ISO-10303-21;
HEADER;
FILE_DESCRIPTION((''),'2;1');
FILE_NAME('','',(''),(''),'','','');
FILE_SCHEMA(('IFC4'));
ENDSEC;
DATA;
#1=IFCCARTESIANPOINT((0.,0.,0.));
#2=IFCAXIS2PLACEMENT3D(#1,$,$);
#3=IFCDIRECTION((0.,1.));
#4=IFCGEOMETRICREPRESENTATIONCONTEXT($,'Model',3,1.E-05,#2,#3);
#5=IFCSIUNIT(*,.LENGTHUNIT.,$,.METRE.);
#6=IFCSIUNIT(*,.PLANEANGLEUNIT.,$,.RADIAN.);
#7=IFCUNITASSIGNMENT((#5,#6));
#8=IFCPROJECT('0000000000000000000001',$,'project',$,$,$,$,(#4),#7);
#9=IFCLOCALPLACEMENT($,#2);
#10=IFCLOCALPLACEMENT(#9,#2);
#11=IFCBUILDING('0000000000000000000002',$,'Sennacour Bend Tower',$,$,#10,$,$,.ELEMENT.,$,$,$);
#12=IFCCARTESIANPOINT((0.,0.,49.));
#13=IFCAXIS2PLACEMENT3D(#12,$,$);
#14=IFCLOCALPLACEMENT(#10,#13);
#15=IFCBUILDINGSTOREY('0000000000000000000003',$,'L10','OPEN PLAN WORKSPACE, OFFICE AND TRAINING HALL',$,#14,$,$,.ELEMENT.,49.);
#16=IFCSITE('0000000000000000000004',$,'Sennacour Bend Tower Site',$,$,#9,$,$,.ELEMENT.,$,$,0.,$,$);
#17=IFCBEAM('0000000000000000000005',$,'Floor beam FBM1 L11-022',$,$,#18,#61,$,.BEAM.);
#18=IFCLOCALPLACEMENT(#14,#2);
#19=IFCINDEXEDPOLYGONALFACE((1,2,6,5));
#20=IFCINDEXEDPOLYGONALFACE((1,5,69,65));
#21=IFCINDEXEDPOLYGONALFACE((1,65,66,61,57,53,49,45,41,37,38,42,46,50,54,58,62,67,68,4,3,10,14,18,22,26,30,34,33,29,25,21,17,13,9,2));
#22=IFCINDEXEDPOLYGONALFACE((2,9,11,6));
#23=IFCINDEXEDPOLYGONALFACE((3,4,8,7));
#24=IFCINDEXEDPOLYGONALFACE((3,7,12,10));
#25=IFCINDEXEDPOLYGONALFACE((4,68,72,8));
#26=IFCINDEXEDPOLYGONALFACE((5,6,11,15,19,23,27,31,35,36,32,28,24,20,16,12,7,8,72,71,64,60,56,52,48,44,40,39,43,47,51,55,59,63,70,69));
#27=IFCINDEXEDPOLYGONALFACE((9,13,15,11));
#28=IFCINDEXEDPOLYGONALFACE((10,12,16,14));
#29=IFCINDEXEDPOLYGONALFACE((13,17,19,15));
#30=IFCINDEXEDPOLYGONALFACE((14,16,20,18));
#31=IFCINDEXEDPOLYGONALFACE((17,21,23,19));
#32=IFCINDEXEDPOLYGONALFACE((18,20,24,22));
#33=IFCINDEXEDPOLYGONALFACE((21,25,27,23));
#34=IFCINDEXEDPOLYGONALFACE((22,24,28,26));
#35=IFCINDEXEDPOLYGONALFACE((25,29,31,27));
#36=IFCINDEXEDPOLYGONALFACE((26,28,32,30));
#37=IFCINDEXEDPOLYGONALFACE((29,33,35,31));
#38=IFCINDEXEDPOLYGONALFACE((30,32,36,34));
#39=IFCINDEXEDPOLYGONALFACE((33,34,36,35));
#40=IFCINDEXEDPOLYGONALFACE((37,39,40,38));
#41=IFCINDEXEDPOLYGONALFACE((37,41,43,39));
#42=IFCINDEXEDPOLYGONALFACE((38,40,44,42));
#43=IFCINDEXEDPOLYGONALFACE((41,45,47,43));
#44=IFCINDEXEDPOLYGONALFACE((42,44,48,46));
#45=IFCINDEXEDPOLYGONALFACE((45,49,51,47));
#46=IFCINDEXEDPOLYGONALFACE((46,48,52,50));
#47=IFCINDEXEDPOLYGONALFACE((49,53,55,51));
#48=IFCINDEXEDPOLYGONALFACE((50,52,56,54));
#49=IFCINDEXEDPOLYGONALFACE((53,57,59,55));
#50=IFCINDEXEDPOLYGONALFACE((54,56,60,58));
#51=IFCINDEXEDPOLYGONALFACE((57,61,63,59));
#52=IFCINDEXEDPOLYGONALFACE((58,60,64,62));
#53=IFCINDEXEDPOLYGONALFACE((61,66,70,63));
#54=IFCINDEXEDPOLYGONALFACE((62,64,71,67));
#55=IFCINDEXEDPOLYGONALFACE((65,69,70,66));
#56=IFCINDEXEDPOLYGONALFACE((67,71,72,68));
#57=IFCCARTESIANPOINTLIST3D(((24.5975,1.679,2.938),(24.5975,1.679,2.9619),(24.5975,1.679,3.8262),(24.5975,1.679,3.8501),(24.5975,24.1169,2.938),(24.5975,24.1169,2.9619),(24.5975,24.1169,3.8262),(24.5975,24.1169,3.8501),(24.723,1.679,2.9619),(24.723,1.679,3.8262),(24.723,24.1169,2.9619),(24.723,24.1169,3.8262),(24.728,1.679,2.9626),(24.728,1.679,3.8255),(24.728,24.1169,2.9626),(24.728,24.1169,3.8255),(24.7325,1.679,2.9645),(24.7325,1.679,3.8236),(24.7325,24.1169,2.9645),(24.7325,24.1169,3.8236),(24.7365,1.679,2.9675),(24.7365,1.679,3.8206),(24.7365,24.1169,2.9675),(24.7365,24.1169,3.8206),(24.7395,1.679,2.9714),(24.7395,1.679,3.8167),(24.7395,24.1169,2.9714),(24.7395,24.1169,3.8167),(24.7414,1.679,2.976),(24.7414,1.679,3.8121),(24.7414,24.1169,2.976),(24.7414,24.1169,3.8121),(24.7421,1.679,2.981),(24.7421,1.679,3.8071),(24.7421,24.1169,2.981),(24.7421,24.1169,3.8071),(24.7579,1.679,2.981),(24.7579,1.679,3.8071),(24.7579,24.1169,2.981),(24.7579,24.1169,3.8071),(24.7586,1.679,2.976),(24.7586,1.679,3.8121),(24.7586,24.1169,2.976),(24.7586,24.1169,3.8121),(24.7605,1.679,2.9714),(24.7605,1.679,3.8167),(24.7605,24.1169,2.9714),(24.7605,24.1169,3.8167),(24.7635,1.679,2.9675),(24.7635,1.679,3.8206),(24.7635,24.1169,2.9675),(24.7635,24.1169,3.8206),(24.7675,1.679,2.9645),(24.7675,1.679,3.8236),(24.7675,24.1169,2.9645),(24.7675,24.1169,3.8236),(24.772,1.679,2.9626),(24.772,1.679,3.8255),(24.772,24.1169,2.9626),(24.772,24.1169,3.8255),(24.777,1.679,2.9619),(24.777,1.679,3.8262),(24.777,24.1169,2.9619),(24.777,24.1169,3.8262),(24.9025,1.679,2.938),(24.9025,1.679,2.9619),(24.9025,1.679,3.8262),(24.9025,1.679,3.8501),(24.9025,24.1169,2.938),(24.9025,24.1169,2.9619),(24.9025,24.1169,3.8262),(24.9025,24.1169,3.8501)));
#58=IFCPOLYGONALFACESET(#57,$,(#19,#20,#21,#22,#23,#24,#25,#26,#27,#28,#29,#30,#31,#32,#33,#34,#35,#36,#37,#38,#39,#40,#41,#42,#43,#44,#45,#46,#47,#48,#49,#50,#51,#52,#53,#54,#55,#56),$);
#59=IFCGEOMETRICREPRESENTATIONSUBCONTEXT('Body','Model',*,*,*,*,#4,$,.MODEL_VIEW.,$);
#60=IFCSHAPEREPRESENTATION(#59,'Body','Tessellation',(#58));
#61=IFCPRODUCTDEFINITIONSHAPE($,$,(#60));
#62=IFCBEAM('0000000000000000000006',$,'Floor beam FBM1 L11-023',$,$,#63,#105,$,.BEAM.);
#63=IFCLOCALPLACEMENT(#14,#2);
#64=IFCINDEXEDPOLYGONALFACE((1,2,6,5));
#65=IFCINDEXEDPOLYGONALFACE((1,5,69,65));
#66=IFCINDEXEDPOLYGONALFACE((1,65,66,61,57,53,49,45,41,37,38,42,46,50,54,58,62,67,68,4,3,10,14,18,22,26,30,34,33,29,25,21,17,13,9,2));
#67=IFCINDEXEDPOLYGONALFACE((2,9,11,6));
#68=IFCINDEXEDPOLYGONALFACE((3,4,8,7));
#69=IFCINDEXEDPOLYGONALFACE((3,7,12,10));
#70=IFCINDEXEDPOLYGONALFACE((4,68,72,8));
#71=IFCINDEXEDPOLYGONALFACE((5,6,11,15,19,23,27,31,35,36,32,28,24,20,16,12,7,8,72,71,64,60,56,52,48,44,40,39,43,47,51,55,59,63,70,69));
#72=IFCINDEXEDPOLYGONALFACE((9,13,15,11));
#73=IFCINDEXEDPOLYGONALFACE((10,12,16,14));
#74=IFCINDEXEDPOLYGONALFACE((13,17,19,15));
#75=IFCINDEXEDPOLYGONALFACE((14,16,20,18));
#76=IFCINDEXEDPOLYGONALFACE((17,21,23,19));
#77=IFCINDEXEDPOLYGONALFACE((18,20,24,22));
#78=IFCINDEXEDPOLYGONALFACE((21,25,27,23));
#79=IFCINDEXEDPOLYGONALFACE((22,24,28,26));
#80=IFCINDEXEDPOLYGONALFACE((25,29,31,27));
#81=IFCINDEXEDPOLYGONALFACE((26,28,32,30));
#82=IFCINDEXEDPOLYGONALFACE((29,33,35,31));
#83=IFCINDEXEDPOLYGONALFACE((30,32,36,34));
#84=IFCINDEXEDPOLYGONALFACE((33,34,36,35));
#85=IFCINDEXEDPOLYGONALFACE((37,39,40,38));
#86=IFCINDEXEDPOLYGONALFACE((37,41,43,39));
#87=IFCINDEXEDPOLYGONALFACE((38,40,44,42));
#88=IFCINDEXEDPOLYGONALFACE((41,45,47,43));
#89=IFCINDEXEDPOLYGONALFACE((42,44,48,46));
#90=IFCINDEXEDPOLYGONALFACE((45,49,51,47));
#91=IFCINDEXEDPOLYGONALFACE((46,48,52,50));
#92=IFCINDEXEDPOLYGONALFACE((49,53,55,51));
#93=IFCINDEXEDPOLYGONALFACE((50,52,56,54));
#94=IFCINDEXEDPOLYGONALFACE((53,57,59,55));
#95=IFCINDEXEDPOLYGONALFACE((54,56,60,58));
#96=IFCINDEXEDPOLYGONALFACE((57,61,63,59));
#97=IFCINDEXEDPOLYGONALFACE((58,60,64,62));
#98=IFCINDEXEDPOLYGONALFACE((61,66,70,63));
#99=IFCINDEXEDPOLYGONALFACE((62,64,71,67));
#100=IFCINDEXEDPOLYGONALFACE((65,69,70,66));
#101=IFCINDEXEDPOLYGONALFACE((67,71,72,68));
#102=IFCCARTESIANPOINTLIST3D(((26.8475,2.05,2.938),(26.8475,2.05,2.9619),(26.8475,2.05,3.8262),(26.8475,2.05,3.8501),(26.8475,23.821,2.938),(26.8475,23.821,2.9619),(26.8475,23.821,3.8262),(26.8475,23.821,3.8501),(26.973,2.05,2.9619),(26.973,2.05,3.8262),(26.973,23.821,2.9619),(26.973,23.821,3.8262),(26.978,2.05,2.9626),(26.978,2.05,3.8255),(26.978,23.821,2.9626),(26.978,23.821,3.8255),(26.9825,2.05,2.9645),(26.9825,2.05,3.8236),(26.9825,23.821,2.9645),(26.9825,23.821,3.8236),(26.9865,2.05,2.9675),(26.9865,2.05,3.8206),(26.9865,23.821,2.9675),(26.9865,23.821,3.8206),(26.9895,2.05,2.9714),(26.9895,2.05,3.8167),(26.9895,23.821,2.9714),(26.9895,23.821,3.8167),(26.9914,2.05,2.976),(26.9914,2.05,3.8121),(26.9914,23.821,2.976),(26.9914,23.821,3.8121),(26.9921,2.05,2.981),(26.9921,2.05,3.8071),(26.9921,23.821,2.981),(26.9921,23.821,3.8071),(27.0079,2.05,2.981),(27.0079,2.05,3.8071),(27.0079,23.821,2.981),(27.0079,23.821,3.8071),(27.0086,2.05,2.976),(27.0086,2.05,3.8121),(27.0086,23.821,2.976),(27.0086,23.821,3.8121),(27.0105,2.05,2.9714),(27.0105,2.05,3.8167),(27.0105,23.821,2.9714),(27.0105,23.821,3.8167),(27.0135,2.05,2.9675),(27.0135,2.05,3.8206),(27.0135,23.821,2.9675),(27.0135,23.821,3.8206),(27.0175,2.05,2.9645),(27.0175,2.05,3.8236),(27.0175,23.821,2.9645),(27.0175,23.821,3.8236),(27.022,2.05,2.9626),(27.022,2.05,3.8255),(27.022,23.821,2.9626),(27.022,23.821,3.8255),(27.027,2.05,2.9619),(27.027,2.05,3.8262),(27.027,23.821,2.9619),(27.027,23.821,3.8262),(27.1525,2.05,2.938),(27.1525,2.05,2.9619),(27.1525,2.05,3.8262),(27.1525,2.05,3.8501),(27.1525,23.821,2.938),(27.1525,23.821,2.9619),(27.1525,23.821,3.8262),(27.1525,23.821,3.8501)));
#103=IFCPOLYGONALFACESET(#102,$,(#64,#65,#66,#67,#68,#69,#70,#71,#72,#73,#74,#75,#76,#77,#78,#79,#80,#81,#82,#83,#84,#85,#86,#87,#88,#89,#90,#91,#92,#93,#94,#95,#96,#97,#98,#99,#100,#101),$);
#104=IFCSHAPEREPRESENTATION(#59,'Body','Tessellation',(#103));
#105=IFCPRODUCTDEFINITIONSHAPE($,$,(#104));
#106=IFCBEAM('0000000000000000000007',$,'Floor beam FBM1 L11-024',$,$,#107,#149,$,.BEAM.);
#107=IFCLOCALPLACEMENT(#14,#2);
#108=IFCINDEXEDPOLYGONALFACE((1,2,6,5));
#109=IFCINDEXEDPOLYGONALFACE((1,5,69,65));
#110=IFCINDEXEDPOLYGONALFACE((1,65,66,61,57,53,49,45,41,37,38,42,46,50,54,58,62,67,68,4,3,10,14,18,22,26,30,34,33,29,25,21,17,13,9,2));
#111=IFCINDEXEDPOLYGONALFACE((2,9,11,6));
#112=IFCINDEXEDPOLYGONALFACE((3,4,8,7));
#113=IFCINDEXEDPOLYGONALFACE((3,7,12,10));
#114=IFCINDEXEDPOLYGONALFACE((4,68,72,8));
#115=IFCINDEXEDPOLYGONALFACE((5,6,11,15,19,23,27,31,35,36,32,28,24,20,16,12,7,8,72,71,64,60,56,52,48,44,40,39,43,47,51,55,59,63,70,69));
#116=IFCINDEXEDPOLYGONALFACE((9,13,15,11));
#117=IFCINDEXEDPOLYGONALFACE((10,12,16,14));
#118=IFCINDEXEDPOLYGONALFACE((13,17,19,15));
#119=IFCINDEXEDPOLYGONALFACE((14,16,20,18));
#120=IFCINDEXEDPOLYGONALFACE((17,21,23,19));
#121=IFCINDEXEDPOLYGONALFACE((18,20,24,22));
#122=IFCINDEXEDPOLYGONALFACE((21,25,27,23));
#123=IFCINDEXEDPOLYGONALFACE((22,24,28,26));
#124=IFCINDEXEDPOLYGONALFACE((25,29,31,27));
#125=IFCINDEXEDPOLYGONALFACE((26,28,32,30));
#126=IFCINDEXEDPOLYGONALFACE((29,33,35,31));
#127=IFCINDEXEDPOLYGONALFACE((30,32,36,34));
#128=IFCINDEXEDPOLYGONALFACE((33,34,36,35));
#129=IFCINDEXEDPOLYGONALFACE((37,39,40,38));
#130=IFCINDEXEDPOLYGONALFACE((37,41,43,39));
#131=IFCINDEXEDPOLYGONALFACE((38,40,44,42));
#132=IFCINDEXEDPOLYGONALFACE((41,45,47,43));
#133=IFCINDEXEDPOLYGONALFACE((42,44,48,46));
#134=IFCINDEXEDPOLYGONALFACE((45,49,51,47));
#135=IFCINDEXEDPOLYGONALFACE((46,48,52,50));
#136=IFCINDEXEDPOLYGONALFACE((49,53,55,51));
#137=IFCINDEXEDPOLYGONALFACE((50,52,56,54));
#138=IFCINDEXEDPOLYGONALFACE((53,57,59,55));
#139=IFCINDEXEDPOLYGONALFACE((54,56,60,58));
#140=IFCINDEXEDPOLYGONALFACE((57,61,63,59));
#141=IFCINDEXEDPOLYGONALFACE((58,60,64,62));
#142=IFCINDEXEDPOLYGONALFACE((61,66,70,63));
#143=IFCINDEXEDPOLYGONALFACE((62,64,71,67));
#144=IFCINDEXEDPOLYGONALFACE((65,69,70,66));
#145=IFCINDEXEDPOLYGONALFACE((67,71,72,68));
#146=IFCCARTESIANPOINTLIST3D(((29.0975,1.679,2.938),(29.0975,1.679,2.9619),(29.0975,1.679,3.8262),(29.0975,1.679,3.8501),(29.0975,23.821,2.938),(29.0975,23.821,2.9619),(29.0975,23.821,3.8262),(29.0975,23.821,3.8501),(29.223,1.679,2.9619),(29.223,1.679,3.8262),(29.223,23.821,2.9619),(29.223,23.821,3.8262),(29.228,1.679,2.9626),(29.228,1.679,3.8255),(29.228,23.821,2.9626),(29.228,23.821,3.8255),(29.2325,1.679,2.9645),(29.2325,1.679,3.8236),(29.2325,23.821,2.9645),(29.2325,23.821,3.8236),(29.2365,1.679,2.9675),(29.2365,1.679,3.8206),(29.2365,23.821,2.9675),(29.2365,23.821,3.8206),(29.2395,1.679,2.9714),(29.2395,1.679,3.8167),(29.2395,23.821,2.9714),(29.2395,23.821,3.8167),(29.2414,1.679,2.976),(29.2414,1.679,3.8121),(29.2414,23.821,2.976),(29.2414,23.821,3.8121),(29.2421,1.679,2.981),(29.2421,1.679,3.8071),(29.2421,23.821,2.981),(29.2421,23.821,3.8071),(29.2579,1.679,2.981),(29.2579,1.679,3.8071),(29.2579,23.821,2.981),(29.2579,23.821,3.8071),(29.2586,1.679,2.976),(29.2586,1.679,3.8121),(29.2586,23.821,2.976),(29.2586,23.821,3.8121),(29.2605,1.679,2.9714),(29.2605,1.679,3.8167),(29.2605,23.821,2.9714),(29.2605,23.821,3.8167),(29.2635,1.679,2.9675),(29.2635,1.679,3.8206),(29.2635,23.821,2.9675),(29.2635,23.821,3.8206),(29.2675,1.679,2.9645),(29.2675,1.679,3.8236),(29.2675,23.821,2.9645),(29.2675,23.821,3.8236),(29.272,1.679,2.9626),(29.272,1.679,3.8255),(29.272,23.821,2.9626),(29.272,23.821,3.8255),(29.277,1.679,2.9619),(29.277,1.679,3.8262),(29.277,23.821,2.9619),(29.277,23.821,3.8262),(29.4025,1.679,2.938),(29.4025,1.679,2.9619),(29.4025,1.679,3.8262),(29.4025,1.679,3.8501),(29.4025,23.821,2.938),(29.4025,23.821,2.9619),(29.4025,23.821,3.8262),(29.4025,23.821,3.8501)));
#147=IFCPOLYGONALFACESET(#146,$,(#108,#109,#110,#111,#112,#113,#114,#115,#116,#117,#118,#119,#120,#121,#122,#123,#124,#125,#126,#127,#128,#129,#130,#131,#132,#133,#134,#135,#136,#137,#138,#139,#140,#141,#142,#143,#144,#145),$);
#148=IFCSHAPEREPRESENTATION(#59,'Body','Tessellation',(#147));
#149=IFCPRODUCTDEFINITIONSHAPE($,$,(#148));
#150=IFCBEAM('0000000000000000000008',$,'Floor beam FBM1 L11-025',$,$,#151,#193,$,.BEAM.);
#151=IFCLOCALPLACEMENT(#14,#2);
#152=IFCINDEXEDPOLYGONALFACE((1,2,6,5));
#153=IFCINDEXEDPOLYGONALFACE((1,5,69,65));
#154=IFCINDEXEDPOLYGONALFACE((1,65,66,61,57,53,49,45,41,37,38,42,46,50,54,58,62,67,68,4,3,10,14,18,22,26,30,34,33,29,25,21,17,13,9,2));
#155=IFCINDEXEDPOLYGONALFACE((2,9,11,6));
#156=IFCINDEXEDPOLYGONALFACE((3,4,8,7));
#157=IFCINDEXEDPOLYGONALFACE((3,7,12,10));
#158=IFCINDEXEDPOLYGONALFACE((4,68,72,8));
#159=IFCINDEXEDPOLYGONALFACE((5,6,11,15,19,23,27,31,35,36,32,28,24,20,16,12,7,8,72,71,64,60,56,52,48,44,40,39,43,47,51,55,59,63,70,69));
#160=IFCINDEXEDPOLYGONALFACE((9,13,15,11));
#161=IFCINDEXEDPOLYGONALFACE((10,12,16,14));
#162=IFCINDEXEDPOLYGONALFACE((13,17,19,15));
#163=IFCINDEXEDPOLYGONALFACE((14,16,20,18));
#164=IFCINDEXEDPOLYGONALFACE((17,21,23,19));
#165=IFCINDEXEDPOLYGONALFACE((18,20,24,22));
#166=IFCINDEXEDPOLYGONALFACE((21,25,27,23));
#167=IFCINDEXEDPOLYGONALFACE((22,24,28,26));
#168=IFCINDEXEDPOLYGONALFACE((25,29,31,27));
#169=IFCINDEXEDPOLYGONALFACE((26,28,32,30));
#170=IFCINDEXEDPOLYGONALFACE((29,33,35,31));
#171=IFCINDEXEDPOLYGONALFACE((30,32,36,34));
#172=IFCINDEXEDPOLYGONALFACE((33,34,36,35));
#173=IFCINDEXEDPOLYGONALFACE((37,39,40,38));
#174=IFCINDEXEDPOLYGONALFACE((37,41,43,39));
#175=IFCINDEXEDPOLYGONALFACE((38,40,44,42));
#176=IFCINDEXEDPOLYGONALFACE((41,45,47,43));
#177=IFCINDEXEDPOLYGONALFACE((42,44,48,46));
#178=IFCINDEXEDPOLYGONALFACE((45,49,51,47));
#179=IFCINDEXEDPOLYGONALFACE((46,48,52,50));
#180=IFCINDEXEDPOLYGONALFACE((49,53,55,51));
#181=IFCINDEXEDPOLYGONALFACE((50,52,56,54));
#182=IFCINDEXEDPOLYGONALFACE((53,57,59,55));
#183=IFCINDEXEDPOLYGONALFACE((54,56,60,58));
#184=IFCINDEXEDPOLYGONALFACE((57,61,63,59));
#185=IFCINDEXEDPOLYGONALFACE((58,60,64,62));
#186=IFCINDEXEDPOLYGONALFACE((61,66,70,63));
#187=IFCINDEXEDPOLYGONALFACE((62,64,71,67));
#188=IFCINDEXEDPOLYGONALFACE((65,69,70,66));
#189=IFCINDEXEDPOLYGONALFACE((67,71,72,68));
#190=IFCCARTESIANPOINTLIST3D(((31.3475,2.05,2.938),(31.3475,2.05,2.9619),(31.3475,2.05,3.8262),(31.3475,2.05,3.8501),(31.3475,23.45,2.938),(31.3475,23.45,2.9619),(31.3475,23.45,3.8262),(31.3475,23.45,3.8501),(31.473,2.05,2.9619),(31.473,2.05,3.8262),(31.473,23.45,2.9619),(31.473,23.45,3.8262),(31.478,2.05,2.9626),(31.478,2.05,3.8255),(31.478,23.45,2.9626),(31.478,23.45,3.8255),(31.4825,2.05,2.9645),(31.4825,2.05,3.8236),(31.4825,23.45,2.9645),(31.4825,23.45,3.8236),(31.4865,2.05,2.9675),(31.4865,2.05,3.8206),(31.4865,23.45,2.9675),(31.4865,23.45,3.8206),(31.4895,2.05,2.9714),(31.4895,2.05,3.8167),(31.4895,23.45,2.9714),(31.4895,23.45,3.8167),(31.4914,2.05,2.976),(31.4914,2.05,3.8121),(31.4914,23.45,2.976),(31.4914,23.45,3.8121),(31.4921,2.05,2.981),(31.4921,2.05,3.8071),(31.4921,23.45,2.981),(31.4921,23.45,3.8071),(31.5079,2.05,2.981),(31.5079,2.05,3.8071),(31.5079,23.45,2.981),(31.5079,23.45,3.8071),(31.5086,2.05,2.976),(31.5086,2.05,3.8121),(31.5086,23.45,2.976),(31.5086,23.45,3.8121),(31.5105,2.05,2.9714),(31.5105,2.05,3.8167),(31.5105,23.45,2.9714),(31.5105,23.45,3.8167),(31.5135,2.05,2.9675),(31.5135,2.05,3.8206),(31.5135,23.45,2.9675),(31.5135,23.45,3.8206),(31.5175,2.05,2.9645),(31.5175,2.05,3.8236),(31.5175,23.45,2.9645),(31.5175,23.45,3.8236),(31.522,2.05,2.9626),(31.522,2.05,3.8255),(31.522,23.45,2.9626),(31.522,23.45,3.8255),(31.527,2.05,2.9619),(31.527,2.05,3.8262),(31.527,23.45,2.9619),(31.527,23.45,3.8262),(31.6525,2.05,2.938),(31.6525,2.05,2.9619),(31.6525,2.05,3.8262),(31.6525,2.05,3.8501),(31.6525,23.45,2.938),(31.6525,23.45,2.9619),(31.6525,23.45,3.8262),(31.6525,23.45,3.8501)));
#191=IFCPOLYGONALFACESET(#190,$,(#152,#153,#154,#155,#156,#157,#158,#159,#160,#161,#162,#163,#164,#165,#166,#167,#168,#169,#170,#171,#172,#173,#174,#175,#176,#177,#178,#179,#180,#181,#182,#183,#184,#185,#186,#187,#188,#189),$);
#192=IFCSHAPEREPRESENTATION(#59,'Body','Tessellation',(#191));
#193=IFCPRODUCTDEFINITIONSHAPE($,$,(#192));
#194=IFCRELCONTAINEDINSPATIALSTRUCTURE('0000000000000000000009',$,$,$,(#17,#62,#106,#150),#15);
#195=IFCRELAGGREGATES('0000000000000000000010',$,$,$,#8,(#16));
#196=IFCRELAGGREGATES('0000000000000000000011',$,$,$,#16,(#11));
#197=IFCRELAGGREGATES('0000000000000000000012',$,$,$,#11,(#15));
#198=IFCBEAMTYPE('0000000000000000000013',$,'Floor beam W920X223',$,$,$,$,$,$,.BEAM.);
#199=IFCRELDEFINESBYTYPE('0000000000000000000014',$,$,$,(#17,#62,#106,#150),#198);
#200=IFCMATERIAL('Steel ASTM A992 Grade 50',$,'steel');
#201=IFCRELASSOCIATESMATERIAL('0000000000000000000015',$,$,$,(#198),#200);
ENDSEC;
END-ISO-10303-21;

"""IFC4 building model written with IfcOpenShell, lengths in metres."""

from ifc_helpers import new_model, si_unit, direction, frame, origin, origin_2d, place, context, subcontext, project, spatial, i_section, extrude, material, material_profile, profile_set, type_object, element, save


model = new_model("IFC4")

# Units and contexts
model_context = context("Model", 3, precision=1e-05, world=origin(), true_north=direction((0.0, 1.0)))
body_context = subcontext(model_context, "Body", "Model", "MODEL_VIEW")
ifc_project = project(units=[si_unit("LENGTHUNIT", "METRE"), si_unit("PLANEANGLEUNIT", "RADIAN")], contexts=[model_context])

# Site, building, storey
site_placement = place(None, origin())
site = spatial("IfcSite", under=ifc_project, at=site_placement, Name="Sennacour Bend Tower Site", CompositionType="ELEMENT", RefElevation=0.0)
building_placement = place(site_placement, origin())
building = spatial("IfcBuilding", under=site, at=building_placement, Name="Sennacour Bend Tower", CompositionType="ELEMENT")
storey_placement = place(building_placement, frame((0.0, 0.0, 49.0)))
storey = spatial("IfcBuildingStorey", under=building, at=storey_placement, Name="L10", Description="OPEN PLAN WORKSPACE, OFFICE AND TRAINING HALL", CompositionType="ELEMENT", Elevation=49.0)

# Beams
ifc_material_1 = material(Name="Steel ASTM A992 Grade 50", Category="steel")
ifc_material_profile_1 = material_profile(ifc_material_1, i_section(OverallWidth=0.3049, OverallDepth=0.9121, WebThickness=0.0159, FlangeThickness=0.0239, FilletRadius=0.019, at=origin_2d()), Name="Steel ASTM A992 Grade 50", Category="steel")
ifc_profile_set_1 = profile_set([ifc_material_profile_1], Name="Steel ASTM A992 Grade 50")
beam_type_1 = type_object("IfcBeamType", Name="Floor beam W920X223", PredefinedType="BEAM", material=ifc_profile_set_1)
beam_1_placement = place(storey_placement, frame((24.75, 1.679, 3.394), z_axis=(0.0, 1.0, 0.0), x_axis=(-1.0, 0.0, 0.0)))
element("IfcBeam", 1, at=beam_1_placement, inside=storey, type_object=beam_type_1, Name="Floor beam FBM1 L11-022", PredefinedType="BEAM", context=body_context, shape_type="SweptSolid", body=[
    extrude(i_section(OverallWidth=0.3049, OverallDepth=0.9121, WebThickness=0.0159, FlangeThickness=0.0239, FilletRadius=0.019, at=origin_2d()), origin(), (0.0, 0.0, 1.0), 22.438),
])
beam_2_placement = place(storey_placement, frame((27.0, 2.05, 3.394), z_axis=(0.0, 1.0, 0.0), x_axis=(-1.0, 0.0, 0.0)))
element("IfcBeam", 2, at=beam_2_placement, inside=storey, type_object=beam_type_1, Name="Floor beam FBM1 L11-023", PredefinedType="BEAM", context=body_context, shape_type="SweptSolid", body=[
    extrude(i_section(OverallWidth=0.3049, OverallDepth=0.9121, WebThickness=0.0159, FlangeThickness=0.0239, FilletRadius=0.019, at=origin_2d()), origin(), (0.0, 0.0, 1.0), 21.771),
])
beam_3_placement = place(storey_placement, frame((29.25, 1.679, 3.394), z_axis=(0.0, 1.0, 0.0), x_axis=(-1.0, 0.0, 0.0)))
element("IfcBeam", 3, at=beam_3_placement, inside=storey, type_object=beam_type_1, Name="Floor beam FBM1 L11-024", PredefinedType="BEAM", context=body_context, shape_type="SweptSolid", body=[
    extrude(i_section(OverallWidth=0.3049, OverallDepth=0.9121, WebThickness=0.0159, FlangeThickness=0.0239, FilletRadius=0.019, at=origin_2d()), origin(), (0.0, 0.0, 1.0), 22.1421),
])
beam_4_placement = place(storey_placement, frame((31.5, 2.05, 3.394), z_axis=(0.0, 1.0, 0.0), x_axis=(-1.0, 0.0, 0.0)))
element("IfcBeam", 4, at=beam_4_placement, inside=storey, type_object=beam_type_1, Name="Floor beam FBM1 L11-025", PredefinedType="BEAM", context=body_context, shape_type="SweptSolid", body=[
    extrude(i_section(OverallWidth=0.3049, OverallDepth=0.9121, WebThickness=0.0159, FlangeThickness=0.0239, FilletRadius=0.019, at=origin_2d()), origin(), (0.0, 0.0, 1.0), 21.3999),
])

save(model, "model.ifc")
